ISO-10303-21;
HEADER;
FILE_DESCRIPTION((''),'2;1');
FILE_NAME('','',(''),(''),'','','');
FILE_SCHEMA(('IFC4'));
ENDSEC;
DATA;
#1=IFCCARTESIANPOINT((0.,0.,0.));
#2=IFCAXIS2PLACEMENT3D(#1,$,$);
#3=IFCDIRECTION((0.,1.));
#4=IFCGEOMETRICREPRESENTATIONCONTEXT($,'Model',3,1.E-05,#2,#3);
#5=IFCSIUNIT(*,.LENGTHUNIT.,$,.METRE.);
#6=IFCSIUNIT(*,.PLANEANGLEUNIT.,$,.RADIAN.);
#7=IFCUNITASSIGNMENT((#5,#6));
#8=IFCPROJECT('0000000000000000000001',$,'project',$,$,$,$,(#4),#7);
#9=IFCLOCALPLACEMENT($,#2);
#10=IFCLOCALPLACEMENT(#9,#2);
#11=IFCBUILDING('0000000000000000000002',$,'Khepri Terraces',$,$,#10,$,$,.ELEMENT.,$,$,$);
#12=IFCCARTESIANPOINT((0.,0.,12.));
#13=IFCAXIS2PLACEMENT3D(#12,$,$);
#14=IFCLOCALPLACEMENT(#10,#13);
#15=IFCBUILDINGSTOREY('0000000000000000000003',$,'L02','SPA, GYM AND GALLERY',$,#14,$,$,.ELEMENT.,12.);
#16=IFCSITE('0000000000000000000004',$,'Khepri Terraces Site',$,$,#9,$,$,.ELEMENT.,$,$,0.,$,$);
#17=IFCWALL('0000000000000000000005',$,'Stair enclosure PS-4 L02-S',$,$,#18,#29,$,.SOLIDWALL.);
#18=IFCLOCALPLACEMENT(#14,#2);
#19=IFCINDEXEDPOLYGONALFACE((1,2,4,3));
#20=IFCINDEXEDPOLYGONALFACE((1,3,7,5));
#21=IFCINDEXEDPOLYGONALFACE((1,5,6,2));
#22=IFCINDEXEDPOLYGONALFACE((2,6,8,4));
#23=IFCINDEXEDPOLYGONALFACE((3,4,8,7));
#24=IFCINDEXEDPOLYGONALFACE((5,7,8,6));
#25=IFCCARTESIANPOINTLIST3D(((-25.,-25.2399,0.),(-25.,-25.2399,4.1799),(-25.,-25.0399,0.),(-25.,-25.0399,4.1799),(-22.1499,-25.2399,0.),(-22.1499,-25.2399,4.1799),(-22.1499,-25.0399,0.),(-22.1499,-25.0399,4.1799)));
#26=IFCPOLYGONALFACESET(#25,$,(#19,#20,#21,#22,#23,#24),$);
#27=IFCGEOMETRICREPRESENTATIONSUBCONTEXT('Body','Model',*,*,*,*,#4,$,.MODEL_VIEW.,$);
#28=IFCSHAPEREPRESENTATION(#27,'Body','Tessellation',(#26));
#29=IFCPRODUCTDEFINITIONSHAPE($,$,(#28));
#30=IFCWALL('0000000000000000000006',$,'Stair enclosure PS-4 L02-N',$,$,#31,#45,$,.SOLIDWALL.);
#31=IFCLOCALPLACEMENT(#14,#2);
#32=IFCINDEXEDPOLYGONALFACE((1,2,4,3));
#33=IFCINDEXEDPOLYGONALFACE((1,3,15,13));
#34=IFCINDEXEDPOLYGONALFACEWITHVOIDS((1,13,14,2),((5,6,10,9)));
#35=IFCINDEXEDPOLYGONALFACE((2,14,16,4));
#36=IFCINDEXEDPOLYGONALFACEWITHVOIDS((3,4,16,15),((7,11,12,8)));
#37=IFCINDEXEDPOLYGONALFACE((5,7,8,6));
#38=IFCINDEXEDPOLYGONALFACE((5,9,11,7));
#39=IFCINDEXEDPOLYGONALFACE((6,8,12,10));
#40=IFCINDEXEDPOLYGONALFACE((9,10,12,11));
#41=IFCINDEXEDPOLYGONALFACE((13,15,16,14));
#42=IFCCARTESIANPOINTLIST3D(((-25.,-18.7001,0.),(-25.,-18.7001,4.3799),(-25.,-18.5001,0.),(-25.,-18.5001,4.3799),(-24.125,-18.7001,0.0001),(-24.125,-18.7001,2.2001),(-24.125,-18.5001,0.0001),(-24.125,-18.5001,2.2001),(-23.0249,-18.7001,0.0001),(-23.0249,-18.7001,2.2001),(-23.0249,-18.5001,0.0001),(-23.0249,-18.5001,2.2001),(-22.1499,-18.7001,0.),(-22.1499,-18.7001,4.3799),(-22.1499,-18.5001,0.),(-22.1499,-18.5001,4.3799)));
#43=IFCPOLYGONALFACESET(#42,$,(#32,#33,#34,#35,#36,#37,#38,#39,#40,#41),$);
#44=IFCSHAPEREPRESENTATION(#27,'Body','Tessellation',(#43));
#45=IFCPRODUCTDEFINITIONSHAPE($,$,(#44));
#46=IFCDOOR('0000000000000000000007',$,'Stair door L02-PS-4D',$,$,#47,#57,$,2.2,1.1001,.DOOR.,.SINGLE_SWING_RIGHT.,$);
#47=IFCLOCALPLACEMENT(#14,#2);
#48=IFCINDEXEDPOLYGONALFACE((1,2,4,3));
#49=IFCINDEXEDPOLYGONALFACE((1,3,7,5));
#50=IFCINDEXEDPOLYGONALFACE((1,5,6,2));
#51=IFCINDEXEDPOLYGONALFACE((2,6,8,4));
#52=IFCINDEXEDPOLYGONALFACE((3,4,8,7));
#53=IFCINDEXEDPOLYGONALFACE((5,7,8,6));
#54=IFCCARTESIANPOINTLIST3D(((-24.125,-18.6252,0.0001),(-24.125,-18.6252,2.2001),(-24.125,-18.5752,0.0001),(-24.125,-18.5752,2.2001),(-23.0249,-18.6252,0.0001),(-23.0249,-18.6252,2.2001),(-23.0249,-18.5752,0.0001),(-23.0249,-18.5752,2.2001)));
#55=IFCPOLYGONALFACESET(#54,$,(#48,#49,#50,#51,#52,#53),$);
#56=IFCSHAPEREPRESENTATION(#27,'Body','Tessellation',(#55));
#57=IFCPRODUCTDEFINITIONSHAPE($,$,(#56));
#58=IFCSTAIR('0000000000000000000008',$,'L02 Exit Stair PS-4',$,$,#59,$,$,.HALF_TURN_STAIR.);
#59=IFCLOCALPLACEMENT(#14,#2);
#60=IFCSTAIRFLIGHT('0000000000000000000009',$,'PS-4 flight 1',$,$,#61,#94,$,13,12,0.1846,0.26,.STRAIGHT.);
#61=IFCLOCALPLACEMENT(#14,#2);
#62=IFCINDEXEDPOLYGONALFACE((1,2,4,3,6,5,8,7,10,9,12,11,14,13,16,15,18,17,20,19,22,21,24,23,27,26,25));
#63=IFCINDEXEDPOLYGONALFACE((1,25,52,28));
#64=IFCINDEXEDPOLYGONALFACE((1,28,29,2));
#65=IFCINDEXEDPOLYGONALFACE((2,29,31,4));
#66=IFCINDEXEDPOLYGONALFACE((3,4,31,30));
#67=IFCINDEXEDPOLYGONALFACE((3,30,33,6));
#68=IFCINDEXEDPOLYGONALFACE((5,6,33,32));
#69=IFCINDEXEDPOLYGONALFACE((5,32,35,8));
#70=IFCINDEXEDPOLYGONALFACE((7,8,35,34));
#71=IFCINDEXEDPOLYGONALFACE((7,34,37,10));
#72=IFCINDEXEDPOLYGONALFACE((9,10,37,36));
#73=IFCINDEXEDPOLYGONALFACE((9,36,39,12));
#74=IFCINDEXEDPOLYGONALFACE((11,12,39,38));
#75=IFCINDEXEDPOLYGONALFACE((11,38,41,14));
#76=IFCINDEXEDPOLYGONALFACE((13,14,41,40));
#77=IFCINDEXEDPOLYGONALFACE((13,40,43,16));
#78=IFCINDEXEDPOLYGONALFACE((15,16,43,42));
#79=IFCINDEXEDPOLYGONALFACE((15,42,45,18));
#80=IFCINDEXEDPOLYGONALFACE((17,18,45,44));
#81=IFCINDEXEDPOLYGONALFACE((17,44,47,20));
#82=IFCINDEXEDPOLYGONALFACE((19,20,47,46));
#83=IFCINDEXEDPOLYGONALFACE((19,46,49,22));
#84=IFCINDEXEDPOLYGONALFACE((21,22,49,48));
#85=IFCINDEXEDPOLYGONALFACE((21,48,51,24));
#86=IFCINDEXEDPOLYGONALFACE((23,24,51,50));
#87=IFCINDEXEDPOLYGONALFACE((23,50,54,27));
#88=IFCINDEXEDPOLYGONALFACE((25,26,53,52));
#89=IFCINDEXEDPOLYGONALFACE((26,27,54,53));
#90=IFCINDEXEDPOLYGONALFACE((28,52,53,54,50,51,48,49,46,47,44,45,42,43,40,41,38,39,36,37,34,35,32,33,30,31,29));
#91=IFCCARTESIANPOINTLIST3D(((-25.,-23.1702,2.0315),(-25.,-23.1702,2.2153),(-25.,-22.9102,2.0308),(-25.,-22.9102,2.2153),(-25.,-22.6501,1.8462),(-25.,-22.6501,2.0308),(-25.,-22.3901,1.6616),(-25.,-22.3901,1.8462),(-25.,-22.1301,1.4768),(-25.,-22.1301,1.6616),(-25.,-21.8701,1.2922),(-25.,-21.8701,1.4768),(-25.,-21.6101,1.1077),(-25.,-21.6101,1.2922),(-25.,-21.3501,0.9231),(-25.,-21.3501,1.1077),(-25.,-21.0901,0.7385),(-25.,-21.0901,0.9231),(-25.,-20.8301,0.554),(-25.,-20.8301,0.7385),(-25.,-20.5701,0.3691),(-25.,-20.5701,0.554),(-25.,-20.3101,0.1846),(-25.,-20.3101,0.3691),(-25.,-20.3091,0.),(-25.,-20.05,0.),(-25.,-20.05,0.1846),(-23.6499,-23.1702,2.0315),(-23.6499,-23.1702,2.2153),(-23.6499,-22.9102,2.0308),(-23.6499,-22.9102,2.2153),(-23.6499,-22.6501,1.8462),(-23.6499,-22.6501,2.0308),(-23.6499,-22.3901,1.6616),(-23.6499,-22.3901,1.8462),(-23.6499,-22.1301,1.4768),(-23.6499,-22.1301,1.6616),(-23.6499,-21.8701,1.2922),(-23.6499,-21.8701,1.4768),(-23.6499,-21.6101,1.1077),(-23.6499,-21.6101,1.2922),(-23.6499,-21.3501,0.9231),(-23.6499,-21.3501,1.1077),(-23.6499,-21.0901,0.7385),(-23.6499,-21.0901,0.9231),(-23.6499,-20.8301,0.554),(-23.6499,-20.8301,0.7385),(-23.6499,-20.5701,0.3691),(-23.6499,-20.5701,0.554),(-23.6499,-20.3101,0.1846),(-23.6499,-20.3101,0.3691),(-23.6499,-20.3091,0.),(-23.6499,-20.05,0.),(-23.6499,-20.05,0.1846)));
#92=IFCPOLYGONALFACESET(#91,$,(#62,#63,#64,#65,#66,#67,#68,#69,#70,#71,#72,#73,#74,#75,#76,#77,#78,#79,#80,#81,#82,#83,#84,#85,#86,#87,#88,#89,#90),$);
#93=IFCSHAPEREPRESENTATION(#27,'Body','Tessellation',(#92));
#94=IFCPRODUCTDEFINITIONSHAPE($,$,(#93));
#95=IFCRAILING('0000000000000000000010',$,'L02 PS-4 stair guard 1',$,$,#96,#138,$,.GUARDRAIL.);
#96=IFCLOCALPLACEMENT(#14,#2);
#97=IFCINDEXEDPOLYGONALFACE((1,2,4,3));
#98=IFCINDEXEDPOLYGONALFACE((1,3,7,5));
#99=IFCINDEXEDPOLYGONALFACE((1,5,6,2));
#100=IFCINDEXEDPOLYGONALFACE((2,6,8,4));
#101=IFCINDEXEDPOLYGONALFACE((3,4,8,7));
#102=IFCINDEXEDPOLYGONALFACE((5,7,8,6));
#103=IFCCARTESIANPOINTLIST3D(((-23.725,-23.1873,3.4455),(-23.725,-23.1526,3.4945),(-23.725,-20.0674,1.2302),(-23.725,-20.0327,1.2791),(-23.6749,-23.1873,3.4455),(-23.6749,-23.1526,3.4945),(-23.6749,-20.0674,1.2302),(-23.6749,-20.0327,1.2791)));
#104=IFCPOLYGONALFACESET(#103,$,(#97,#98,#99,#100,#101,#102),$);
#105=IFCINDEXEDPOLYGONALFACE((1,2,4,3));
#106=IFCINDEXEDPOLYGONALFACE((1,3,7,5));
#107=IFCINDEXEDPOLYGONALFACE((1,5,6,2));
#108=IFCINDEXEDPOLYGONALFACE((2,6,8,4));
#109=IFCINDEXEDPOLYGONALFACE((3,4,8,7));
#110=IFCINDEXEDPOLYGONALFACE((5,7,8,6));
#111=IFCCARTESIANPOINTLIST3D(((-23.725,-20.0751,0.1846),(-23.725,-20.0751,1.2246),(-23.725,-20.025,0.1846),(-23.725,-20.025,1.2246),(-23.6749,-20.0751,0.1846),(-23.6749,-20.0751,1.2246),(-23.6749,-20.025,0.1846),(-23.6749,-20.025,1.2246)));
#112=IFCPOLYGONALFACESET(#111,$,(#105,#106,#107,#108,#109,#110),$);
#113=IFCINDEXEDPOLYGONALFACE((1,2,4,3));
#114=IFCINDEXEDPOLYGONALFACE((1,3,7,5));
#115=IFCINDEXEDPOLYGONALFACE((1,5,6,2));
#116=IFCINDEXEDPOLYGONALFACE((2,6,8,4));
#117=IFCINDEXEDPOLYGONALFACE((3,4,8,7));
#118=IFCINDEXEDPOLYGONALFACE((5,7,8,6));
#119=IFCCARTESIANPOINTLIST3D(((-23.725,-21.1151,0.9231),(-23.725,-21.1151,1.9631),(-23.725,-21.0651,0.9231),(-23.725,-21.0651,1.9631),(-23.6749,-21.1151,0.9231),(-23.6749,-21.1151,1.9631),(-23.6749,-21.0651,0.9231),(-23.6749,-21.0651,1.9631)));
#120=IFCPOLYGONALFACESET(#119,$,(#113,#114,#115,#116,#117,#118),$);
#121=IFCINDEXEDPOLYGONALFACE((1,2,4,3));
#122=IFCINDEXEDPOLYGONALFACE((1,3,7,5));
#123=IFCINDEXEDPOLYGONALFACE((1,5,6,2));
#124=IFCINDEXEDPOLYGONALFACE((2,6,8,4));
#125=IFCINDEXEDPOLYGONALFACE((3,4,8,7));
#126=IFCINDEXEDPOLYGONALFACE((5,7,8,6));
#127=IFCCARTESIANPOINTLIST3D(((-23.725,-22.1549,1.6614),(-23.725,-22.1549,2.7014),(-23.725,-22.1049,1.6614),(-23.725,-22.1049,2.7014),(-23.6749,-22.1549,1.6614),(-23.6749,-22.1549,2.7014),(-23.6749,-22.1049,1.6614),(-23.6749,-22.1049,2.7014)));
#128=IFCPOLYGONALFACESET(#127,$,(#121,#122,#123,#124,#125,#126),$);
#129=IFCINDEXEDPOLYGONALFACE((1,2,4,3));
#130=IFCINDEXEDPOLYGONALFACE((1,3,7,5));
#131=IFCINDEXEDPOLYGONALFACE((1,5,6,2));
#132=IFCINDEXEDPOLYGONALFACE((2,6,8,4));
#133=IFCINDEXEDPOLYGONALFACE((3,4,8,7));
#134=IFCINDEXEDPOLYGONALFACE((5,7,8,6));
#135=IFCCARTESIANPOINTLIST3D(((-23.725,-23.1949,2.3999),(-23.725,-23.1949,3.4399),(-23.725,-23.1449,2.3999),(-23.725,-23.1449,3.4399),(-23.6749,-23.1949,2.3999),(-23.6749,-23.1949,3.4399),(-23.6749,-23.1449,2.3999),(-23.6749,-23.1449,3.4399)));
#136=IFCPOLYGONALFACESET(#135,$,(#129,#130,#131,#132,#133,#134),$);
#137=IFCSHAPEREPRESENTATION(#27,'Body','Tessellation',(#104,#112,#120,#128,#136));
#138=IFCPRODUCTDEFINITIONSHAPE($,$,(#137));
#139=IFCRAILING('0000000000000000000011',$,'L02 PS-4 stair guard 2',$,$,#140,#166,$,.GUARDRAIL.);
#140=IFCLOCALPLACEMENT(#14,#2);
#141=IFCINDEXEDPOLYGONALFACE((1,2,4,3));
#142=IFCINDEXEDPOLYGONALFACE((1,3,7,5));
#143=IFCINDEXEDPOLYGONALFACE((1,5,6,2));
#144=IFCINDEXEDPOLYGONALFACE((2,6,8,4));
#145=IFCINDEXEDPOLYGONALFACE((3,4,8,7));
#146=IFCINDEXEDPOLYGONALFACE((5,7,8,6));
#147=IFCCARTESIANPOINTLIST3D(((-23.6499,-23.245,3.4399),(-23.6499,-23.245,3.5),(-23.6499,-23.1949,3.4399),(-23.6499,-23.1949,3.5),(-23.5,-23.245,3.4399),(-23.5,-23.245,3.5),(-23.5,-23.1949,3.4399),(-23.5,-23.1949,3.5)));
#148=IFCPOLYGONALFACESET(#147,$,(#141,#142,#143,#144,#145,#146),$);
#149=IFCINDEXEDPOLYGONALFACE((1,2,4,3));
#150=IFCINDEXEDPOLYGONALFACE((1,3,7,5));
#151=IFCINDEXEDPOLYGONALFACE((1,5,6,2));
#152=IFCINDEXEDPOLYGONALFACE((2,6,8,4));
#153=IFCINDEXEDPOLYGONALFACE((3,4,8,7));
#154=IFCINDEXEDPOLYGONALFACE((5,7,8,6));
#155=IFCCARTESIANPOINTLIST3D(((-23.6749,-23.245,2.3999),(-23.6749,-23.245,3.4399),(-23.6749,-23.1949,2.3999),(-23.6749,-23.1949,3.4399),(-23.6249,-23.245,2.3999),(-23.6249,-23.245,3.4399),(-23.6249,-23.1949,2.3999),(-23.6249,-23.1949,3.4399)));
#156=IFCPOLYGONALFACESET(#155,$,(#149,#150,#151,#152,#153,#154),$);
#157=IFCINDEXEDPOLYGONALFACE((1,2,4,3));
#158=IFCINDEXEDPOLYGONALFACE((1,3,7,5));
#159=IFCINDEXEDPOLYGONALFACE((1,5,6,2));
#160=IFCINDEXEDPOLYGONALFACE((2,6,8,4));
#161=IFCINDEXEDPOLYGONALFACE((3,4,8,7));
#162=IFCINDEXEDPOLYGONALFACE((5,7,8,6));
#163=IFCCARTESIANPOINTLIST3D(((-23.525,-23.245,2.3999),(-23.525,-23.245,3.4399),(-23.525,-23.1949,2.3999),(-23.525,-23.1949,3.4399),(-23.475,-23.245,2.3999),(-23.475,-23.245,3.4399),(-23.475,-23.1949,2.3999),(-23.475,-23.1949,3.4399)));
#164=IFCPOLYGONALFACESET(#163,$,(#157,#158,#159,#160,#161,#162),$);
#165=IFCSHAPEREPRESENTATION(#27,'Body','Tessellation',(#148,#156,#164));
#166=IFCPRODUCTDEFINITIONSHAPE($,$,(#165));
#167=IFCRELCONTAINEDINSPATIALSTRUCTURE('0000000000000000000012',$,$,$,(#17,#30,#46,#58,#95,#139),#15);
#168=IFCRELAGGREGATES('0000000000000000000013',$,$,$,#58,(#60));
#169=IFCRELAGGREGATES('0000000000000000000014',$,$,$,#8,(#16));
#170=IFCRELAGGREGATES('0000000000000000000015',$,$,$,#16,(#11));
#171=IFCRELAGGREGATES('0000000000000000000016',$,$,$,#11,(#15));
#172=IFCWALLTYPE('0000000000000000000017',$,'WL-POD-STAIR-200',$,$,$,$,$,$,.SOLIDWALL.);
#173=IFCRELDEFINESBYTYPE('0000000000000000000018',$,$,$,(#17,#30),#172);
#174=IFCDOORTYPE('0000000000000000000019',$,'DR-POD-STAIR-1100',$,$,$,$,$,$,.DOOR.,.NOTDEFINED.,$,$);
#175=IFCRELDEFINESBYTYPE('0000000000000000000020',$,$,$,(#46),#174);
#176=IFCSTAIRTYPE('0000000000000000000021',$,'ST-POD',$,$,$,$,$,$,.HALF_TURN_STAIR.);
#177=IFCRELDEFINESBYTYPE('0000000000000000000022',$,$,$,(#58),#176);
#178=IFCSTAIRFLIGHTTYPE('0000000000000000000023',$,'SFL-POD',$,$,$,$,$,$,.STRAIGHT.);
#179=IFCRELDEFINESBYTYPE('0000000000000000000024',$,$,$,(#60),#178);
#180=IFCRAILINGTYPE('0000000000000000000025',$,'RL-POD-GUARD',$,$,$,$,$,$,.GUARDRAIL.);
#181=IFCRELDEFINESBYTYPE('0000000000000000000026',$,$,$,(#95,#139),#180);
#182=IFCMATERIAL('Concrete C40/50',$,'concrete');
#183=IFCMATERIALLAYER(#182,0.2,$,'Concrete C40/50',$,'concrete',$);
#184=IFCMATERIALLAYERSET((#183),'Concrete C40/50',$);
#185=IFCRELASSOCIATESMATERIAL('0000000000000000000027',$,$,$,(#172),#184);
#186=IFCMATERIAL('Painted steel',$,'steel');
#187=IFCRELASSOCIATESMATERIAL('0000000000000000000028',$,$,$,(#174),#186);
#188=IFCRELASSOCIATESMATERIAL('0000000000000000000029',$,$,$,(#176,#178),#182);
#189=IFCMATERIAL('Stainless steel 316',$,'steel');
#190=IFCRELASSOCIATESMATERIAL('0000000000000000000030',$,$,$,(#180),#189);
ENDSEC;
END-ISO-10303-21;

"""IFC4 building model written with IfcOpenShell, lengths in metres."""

from ifc_helpers import new_model, si_unit, direction, frame, frame_2d, origin, origin_2d, place, context, subcontext, project, spatial, polyline, rectangle, outline, extrude, material, layer, layer_set, type_object, element, fill, aggregate, save


model = new_model("IFC4")

# Units and contexts
model_context = context("Model", 3, precision=1e-05, world=origin(), true_north=direction((0.0, 1.0)))
body_context = subcontext(model_context, "Body", "Model", "MODEL_VIEW")
ifc_project = project(units=[si_unit("LENGTHUNIT", "METRE"), si_unit("PLANEANGLEUNIT", "RADIAN")], contexts=[model_context])

# Site, building, storey
site_placement = place(None, origin())
site = spatial("IfcSite", under=ifc_project, at=site_placement, Name="Khepri Terraces Site", CompositionType="ELEMENT", RefElevation=0.0)
building_placement = place(site_placement, origin())
building = spatial("IfcBuilding", under=site, at=building_placement, Name="Khepri Terraces", CompositionType="ELEMENT")
storey_placement = place(building_placement, frame((0.0, 0.0, 12.0)))
storey = spatial("IfcBuildingStorey", under=building, at=storey_placement, Name="L02", Description="SPA, GYM AND GALLERY", CompositionType="ELEMENT", Elevation=12.0)

# Shared definitions
ifc_material_1 = material(Name="Painted steel", Category="steel")

# Wall
ifc_material_2 = material(Name="Concrete C40/50", Category="concrete")
ifc_layer_1 = layer(ifc_material_2, 0.2, Name="Concrete C40/50", Category="concrete")
ifc_layer_set_1 = layer_set([ifc_layer_1], Name="Concrete C40/50")
wall_type_1 = type_object("IfcWallType", Name="WL-POD-STAIR-200", PredefinedType="SOLIDWALL", material=ifc_layer_set_1)
wall_1_placement = place(storey_placement, frame((-25.0, -25.1399, 0.0), z_axis=(0.0, 0.0, 1.0), x_axis=(1.0, 0.0, 0.0)))
element("IfcWall", 1, at=wall_1_placement, inside=storey, type_object=wall_type_1, Name="Stair enclosure PS-4 L02-S", PredefinedType="SOLIDWALL", context=body_context, shape_type="SweptSolid", body=[
    extrude(rectangle(XDim=2.8501, YDim=0.2, at=frame_2d((1.425, 0.0))), origin(), (0.0, 0.0, 1.0), 4.1799),
])

# Wall, opening, door
wall_2_placement = place(storey_placement, frame((-25.0, -18.6001, 0.0), z_axis=(0.0, 0.0, 1.0), x_axis=(1.0, 0.0, 0.0)))
wall_2 = element("IfcWall", 2, at=wall_2_placement, inside=storey, type_object=wall_type_1, Name="Stair enclosure PS-4 L02-N", PredefinedType="SOLIDWALL", context=body_context, shape_type="SweptSolid", body=[
    extrude(rectangle(XDim=2.8501, YDim=0.2, at=frame_2d((1.425, 0.0))), origin(), (0.0, 0.0, 1.0), 4.3799),
])
opening_1_placement = place(wall_2_placement, frame((0.875, 0.0, 0.0)))
opening_1 = element("IfcOpeningElement", 3, at=opening_1_placement, cuts=wall_2, PredefinedType="OPENING", context=body_context, shape_type="SweptSolid", body=[
    extrude(rectangle(XDim=1.1001, YDim=2.2, at=frame_2d((0.55, 1.1001))), frame((0.0, 0.1099, 0.0), z_axis=(0.0, -1.0, 0.0), x_axis=(1.0, 0.0, 0.0)), (0.0, 0.0, 1.0), 0.22),
])
door_type_1 = type_object("IfcDoorType", Name="DR-POD-STAIR-1100", OperationType="NOTDEFINED", PredefinedType="DOOR", material=ifc_material_1)
door_1_placement = place(opening_1_placement, origin())
door_1 = element("IfcDoor", 4, at=door_1_placement, inside=storey, type_object=door_type_1, Name="Stair door L02-PS-4D", OperationType="SINGLE_SWING_RIGHT", OverallHeight=2.2, OverallWidth=1.1001, PredefinedType="DOOR", context=body_context, shape_type="SweptSolid", body=[
    extrude(rectangle(XDim=1.1001, YDim=2.2, at=frame_2d((0.55, 1.1001))), frame((0.0, 0.0249, 0.0), z_axis=(0.0, -1.0, 0.0), x_axis=(1.0, 0.0, 0.0)), (0.0, 0.0, 1.0), 0.05),
])
fill(opening_1, door_1)

# Stair, stair flight
stair_type = type_object("IfcStairType", Name="ST-POD", PredefinedType="HALF_TURN_STAIR", material=ifc_material_2)
stair_placement = place(storey_placement, origin())
stair = element("IfcStair", 5, at=stair_placement, inside=storey, type_object=stair_type, Name="L02 Exit Stair PS-4", PredefinedType="HALF_TURN_STAIR")
stair_flight_type = type_object("IfcStairFlightType", Name="SFL-POD", PredefinedType="STRAIGHT", material=ifc_material_2)
stair_flight_placement = place(storey_placement, frame((-24.325, -20.05, 0.0), z_axis=(0.0, 0.0, 1.0), x_axis=(0.0, -1.0, 0.0)))
stair_flight = element("IfcStairFlight", 6, at=stair_flight_placement, type_object=stair_flight_type, Name="PS-4 flight 1", NumberOfRisers=13, NumberOfTreads=12, PredefinedType="STRAIGHT", RiserHeight=0.1846, TreadLength=0.26, context=body_context, shape_type="SweptSolid", body=[
    extrude(outline(polyline([(0.0, 0.0), (0.0, 0.1846), (0.26, 0.1846), (0.26, 0.3691), (0.52, 0.3691), (0.52, 0.554), (0.78, 0.554), (0.78, 0.7385), (1.04, 0.7385), (1.04, 0.9231), (1.3, 0.9231), (1.3, 1.1077), (1.5601, 1.1077), (1.5601, 1.2922), (1.8201, 1.2922), (1.8201, 1.4768), (2.0801, 1.4768), (2.0801, 1.6616), (2.3401, 1.6616), (2.3401, 1.8462), (2.6001, 1.8462), (2.6001, 2.0308), (2.8601, 2.0308), (2.8601, 2.2153), (3.1201, 2.2153), (3.1201, 2.3999), (3.1201, 2.0315), (0.259, 0.0), (0.0, 0.0)])), frame((0.0, 0.675, 0.0), z_axis=(0.0, -1.0, 0.0), x_axis=(1.0, 0.0, 0.0)), (0.0, 0.0, 1.0), 1.3501),
])
aggregate(stair, [stair_flight])

# Railings
ifc_material_3 = material(Name="Stainless steel 316", Category="steel")
railing_type_1 = type_object("IfcRailingType", Name="RL-POD-GUARD", PredefinedType="GUARDRAIL", material=ifc_material_3)
railing_1_placement = place(storey_placement, frame((-23.7, -20.05, 0.1846)))
element("IfcRailing", 7, at=railing_1_placement, inside=storey, type_object=railing_type_1, Name="L02 PS-4 stair guard 1", PredefinedType="GUARDRAIL", context=body_context, shape_type="SweptSolid", body=[
    extrude(rectangle(XDim=0.05, YDim=0.0601, at=origin_2d()), frame((0.0, 0.0, 1.0701), z_axis=(0.0, -0.815356, 0.578961), x_axis=(1.0, 0.0, 0.0)), (0.0, 0.0, 1.0), 3.8264),
    extrude(rectangle(XDim=0.05, YDim=0.05, at=origin_2d()), origin(), (0.0, 0.0, 1.0), 1.04),
    extrude(rectangle(XDim=0.05, YDim=0.05, at=origin_2d()), frame((0.0, -1.04, 0.7385)), (0.0, 0.0, 1.0), 1.04),
    extrude(rectangle(XDim=0.05, YDim=0.05, at=origin_2d()), frame((0.0, -2.0798, 1.4768)), (0.0, 0.0, 1.0), 1.04),
    extrude(rectangle(XDim=0.05, YDim=0.05, at=origin_2d()), frame((0.0, -3.1199, 2.2153)), (0.0, 0.0, 1.0), 1.04),
])
railing_2_placement = place(storey_placement, frame((-23.6499, -23.22, 2.3999)))
element("IfcRailing", 8, at=railing_2_placement, inside=storey, type_object=railing_type_1, Name="L02 PS-4 stair guard 2", PredefinedType="GUARDRAIL", context=body_context, shape_type="SweptSolid", body=[
    extrude(rectangle(XDim=0.05, YDim=0.0601, at=origin_2d()), frame((0.0, 0.0, 1.0701), z_axis=(1.0, 0.0, 0.0), x_axis=(0.0, 1.0, 0.0)), (0.0, 0.0, 1.0), 0.1499),
    extrude(rectangle(XDim=0.05, YDim=0.05, at=origin_2d()), origin(), (0.0, 0.0, 1.0), 1.04),
    extrude(rectangle(XDim=0.05, YDim=0.05, at=origin_2d()), frame((0.1499, 0.0, 0.0)), (0.0, 0.0, 1.0), 1.04),
])

save(model, "model.ifc")
